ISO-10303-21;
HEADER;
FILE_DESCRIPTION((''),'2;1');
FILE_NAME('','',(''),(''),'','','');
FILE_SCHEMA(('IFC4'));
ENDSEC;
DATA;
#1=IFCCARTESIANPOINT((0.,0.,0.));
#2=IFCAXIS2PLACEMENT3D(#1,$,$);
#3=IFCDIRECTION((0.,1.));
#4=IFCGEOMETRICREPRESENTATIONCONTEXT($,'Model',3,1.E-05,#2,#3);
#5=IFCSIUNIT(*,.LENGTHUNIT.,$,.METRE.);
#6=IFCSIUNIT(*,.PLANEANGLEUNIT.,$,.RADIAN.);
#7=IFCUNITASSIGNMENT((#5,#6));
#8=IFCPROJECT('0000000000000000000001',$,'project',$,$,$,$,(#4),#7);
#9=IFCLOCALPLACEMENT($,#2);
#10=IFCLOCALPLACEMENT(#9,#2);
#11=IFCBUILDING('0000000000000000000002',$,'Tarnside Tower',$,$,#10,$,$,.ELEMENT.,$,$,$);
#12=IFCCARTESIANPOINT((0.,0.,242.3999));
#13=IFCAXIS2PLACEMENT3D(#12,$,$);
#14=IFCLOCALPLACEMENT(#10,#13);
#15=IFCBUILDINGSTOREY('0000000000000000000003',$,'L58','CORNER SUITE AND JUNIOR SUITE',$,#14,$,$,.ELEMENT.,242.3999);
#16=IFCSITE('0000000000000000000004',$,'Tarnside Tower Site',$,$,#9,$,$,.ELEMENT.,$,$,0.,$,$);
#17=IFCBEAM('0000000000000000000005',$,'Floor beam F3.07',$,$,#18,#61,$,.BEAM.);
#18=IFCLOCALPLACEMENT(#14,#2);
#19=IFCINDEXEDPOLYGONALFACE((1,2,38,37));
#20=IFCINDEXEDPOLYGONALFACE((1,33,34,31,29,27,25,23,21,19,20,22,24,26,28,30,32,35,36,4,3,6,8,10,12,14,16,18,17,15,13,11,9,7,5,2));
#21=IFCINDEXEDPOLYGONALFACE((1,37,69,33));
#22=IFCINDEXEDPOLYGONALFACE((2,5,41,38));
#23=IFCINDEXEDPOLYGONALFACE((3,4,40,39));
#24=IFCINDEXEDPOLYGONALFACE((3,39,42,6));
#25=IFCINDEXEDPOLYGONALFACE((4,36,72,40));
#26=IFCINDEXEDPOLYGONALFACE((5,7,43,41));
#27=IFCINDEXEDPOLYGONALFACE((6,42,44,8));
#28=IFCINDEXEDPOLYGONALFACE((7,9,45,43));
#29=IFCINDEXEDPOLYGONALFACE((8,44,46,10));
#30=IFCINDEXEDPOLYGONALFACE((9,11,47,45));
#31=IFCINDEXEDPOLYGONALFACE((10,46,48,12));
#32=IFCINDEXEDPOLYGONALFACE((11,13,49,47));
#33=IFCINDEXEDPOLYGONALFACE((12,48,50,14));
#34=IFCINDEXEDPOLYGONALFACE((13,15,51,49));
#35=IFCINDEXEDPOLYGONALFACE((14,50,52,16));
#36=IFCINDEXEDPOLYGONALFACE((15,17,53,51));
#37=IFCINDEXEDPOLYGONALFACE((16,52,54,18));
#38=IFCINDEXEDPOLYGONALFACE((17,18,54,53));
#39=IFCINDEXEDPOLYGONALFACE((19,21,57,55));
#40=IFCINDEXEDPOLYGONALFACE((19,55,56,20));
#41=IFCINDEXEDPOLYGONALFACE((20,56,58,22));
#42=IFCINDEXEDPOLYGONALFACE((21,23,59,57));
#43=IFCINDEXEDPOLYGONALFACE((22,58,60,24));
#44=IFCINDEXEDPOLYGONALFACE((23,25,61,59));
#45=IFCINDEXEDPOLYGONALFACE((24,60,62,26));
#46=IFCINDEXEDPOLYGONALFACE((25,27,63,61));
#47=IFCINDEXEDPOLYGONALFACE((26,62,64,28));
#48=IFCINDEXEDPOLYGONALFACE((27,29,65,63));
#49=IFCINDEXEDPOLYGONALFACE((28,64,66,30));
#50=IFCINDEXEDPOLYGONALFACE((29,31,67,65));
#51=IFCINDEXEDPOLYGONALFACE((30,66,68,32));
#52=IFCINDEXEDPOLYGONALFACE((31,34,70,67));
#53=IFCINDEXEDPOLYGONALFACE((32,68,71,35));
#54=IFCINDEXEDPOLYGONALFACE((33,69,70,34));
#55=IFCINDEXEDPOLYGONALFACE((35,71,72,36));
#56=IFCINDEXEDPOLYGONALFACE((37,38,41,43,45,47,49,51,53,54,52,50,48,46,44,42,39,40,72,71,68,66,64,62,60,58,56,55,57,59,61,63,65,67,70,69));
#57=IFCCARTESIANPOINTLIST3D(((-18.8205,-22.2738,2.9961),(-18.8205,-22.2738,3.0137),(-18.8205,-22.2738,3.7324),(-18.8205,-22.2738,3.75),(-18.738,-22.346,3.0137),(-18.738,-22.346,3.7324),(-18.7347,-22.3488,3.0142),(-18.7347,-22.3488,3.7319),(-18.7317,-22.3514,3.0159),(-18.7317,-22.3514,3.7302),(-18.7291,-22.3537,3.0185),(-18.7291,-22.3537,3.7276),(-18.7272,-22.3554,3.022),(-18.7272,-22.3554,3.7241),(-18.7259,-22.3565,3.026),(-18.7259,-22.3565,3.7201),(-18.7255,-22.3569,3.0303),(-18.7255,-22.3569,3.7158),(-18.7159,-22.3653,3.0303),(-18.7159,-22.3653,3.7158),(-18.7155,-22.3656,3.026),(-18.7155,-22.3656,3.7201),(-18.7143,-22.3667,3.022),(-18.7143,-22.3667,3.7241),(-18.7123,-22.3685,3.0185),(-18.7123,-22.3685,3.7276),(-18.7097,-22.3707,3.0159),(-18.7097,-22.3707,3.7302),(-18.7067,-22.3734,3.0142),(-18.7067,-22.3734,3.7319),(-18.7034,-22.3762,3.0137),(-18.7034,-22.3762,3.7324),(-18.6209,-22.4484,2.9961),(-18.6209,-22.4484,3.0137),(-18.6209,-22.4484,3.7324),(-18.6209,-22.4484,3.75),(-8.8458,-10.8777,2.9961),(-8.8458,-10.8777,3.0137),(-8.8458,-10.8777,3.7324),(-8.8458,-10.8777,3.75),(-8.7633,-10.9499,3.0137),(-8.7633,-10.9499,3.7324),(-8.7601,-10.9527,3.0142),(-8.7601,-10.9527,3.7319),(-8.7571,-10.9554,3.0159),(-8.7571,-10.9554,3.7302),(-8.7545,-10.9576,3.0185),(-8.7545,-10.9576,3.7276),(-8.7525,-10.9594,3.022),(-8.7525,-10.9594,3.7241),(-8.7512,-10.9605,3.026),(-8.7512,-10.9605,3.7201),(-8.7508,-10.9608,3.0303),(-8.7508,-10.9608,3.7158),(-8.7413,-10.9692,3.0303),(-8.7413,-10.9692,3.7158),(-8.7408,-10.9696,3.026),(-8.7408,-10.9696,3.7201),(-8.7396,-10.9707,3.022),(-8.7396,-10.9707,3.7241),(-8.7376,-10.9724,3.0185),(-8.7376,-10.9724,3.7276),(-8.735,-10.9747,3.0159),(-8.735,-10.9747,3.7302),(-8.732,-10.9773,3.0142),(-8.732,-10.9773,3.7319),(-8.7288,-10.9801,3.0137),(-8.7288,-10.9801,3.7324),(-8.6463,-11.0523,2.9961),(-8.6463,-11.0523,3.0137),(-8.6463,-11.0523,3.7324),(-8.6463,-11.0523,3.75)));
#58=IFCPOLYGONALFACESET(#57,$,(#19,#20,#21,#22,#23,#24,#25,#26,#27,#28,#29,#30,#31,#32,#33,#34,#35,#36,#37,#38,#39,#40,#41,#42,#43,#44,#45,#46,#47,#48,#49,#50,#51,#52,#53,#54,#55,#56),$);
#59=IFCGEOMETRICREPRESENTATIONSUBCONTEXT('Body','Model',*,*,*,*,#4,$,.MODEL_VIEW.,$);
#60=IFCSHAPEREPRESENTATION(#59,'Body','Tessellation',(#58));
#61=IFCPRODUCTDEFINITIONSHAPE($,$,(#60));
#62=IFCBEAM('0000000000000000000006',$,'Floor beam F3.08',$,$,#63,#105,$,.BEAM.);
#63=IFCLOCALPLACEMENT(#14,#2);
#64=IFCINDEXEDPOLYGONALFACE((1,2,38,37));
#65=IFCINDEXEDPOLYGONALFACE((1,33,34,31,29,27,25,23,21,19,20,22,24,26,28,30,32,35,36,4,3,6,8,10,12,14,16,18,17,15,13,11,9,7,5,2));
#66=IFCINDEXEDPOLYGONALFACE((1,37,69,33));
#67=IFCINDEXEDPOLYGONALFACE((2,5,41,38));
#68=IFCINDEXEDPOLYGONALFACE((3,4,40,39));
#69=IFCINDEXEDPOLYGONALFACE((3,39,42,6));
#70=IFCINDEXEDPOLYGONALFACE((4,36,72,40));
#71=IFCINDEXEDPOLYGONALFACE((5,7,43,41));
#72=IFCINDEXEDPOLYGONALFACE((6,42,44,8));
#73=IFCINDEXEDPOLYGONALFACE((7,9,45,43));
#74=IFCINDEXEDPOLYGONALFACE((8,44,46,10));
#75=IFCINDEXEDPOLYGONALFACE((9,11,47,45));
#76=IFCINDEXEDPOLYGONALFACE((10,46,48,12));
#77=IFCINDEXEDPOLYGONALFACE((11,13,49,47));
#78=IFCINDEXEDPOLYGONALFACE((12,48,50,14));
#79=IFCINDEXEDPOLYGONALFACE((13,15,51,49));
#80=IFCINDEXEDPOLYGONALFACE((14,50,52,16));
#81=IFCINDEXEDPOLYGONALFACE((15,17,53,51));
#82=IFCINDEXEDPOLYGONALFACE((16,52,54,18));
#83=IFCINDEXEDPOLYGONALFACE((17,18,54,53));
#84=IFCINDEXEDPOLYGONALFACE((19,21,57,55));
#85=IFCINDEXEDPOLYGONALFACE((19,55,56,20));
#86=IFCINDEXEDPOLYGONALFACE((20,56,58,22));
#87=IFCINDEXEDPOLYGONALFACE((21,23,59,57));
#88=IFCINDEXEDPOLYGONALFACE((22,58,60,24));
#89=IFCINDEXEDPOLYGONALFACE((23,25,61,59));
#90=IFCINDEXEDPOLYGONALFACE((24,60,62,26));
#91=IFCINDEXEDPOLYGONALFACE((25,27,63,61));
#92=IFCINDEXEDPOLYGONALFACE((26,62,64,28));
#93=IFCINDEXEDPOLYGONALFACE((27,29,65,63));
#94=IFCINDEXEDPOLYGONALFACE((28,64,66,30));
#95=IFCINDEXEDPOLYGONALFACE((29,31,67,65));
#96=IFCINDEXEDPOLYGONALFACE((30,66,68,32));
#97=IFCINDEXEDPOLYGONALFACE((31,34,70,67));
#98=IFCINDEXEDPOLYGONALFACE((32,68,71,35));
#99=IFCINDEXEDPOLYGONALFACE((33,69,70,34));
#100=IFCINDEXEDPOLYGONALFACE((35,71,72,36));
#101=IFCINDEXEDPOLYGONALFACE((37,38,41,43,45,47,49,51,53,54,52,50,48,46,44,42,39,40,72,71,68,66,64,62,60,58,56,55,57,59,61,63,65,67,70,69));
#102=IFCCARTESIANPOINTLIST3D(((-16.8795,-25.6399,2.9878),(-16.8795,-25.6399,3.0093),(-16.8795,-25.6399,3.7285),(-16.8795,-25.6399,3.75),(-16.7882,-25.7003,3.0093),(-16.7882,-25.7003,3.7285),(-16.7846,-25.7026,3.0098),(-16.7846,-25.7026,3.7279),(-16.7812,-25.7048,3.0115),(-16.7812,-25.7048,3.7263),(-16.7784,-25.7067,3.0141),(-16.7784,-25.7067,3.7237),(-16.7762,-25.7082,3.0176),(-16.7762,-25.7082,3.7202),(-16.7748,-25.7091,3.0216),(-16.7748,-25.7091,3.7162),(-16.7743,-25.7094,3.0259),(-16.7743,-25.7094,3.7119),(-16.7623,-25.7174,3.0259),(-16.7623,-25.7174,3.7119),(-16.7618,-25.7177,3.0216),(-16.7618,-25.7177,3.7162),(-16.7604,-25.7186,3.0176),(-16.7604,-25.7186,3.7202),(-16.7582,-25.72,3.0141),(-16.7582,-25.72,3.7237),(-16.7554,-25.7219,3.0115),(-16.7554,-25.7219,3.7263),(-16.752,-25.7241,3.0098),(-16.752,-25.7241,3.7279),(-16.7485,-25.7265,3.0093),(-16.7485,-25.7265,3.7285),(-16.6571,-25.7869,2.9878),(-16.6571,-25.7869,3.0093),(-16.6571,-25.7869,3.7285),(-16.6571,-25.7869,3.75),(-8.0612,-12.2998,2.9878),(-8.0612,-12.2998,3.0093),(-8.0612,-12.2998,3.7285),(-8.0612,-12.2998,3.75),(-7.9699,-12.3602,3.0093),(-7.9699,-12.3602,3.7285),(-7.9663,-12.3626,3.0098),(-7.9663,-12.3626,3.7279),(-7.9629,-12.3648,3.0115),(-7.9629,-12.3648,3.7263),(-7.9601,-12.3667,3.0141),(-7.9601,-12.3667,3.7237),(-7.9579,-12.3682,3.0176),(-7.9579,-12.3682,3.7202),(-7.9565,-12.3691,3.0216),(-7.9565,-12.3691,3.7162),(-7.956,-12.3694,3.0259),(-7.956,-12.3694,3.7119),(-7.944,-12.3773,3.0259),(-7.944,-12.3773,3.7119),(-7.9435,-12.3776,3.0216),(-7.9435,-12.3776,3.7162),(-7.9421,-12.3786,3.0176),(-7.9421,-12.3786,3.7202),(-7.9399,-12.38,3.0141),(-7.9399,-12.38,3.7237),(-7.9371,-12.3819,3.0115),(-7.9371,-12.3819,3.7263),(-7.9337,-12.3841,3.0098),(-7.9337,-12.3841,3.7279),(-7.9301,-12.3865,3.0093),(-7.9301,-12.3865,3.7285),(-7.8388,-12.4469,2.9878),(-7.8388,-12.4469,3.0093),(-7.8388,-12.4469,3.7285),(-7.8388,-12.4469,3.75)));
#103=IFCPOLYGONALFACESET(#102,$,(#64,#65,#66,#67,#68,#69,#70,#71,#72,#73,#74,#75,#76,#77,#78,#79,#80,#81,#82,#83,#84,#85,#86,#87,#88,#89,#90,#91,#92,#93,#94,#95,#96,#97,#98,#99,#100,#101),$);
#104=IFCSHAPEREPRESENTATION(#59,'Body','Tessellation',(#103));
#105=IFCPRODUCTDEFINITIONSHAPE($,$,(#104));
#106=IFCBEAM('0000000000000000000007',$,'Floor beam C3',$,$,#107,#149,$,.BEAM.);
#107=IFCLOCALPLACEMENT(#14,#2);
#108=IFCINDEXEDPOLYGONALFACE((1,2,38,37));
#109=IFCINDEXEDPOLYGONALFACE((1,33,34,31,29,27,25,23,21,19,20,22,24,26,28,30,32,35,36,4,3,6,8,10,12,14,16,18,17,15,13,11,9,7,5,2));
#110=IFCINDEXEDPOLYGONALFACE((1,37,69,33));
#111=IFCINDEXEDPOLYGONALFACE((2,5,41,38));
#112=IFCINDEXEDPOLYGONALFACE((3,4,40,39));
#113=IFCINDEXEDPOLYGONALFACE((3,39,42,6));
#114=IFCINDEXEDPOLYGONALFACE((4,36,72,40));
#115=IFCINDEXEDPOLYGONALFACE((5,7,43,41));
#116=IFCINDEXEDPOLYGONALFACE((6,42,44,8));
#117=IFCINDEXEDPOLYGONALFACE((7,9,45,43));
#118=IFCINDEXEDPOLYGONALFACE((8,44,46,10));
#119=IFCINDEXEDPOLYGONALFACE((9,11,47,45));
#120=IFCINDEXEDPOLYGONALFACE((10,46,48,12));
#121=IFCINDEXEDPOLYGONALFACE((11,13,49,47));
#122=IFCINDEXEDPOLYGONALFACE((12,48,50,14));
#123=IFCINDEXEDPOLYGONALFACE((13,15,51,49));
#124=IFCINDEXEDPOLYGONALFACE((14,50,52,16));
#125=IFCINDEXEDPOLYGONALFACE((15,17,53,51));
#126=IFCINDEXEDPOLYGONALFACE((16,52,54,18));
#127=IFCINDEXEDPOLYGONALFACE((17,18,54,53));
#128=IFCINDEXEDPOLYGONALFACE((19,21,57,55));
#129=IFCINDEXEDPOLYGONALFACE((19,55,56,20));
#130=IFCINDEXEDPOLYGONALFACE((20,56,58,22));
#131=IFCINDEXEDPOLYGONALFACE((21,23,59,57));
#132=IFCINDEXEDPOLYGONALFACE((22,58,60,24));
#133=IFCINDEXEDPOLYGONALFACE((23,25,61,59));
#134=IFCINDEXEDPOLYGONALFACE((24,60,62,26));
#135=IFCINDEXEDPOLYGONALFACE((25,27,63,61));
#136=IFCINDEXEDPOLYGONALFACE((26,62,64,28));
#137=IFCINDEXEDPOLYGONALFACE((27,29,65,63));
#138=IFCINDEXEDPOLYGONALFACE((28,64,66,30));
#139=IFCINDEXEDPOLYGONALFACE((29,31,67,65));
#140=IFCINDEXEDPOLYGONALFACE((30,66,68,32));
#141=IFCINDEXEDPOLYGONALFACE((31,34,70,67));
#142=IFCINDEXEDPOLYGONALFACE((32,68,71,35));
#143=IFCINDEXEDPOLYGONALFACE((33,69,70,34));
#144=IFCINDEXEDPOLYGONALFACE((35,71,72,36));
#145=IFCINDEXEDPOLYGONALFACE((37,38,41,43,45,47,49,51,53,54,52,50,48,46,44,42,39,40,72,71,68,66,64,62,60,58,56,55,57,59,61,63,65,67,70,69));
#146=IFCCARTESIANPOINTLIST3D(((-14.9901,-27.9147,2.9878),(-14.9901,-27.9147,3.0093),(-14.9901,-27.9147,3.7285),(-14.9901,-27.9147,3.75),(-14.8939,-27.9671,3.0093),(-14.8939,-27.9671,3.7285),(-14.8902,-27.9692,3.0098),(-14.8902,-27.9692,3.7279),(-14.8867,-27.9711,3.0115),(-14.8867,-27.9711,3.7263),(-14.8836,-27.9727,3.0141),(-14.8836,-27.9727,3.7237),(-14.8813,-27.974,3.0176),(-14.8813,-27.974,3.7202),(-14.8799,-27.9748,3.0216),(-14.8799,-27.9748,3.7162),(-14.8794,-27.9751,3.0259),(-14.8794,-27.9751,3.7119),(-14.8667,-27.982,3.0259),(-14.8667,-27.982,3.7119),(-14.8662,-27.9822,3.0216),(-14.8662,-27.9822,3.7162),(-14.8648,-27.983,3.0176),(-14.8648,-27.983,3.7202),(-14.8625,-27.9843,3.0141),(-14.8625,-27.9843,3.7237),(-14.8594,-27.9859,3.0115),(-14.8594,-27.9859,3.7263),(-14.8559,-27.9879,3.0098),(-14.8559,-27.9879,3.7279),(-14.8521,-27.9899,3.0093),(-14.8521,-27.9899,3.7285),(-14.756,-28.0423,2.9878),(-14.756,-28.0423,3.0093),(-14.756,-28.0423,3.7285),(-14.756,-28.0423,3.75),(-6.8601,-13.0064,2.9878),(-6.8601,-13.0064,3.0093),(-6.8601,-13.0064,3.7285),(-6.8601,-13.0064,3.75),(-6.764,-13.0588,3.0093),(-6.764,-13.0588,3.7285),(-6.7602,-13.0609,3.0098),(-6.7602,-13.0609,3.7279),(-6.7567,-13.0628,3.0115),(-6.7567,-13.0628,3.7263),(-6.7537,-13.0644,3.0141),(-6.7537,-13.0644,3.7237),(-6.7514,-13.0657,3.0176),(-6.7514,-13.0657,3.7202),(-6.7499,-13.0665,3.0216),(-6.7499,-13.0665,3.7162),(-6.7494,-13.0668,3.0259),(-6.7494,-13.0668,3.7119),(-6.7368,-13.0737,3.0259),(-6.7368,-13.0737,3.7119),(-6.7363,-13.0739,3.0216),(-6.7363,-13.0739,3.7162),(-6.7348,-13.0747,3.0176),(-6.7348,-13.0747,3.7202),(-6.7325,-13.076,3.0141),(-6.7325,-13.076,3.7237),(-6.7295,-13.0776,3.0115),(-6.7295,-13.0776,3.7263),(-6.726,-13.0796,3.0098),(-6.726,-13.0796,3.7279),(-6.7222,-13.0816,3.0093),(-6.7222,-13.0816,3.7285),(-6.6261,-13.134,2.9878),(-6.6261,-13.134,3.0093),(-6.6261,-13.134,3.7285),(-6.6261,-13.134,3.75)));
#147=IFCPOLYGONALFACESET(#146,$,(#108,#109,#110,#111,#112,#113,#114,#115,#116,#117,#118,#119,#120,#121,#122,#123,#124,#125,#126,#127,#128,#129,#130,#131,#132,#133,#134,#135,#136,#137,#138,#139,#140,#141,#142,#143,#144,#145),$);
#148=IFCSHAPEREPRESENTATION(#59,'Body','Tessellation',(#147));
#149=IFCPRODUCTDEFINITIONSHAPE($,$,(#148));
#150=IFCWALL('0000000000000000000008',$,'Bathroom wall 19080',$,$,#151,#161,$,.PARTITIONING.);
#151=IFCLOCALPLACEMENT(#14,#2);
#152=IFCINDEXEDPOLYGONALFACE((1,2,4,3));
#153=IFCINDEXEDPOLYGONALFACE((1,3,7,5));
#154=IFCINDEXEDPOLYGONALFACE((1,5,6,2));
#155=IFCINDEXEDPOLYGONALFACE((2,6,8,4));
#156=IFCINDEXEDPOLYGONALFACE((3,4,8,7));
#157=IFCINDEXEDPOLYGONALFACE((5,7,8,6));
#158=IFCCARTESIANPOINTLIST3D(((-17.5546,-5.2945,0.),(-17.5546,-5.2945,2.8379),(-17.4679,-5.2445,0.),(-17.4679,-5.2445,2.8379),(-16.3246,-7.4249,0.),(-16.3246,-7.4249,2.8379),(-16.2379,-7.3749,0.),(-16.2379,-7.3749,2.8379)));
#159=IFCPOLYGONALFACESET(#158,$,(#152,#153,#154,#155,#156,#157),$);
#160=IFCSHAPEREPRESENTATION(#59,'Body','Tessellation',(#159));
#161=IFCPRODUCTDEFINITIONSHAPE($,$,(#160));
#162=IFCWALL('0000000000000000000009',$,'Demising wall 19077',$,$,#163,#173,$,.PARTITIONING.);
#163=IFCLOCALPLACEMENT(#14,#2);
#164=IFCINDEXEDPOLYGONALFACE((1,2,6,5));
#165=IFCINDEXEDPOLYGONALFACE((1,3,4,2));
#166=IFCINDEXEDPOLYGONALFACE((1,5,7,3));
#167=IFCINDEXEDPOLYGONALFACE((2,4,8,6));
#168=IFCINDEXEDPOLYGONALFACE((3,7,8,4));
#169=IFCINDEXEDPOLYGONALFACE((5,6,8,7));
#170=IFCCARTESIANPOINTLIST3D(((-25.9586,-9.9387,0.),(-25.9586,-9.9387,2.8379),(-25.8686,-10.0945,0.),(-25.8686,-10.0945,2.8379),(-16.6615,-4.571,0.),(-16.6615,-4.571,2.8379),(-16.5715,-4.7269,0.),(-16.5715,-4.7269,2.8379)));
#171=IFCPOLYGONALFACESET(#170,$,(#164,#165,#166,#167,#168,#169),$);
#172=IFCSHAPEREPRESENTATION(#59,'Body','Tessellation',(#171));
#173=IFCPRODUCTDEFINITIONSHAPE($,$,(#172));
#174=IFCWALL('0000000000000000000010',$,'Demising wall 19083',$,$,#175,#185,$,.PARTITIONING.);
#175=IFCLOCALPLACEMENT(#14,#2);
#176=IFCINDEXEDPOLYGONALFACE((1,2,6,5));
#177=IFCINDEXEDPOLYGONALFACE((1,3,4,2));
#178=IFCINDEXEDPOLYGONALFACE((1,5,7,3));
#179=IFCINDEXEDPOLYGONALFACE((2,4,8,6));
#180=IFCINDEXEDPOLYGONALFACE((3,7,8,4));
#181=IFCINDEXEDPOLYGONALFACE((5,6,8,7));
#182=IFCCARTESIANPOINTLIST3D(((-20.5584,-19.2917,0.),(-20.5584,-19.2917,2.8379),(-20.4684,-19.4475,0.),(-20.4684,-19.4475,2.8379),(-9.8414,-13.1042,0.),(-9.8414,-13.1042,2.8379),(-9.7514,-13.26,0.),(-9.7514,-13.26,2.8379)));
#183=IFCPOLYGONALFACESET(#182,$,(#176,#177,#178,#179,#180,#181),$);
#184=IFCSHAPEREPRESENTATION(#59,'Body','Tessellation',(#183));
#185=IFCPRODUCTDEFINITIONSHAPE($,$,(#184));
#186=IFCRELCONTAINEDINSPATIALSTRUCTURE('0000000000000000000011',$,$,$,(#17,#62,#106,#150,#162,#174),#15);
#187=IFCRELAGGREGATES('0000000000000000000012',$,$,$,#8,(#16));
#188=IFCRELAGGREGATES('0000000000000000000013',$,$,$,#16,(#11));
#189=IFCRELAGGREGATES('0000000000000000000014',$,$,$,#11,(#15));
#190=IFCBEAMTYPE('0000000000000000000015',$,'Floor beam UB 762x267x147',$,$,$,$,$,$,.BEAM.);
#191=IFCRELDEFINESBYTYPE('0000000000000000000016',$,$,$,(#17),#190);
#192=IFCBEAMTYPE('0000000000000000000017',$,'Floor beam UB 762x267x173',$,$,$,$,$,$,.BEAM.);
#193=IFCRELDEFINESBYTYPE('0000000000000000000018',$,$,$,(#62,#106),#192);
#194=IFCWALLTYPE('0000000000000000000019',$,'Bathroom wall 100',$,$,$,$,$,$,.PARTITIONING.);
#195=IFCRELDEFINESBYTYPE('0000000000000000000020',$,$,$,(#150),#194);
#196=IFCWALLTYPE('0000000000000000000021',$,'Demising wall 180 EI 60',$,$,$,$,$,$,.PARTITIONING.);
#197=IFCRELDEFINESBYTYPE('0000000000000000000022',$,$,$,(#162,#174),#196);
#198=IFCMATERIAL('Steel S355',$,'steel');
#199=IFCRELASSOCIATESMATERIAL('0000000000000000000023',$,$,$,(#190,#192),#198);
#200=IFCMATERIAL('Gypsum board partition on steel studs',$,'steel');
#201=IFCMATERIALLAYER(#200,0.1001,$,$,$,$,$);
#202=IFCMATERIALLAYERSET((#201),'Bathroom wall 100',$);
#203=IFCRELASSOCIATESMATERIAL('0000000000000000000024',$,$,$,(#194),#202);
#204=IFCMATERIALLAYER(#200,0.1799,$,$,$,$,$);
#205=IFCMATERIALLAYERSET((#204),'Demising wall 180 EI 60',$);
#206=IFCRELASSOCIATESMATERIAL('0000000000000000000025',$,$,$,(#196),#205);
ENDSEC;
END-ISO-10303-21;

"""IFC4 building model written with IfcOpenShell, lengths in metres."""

from ifc_helpers import new_model, si_unit, direction, frame, frame_2d, origin, origin_2d, place, context, subcontext, project, spatial, rectangle, i_section, extrude, material, layer, layer_set, material_profile, profile_set, type_object, element, save


model = new_model("IFC4")

# Units and contexts
model_context = context("Model", 3, precision=1e-05, world=origin(), true_north=direction((0.0, 1.0)))
body_context = subcontext(model_context, "Body", "Model", "MODEL_VIEW")
ifc_project = project(units=[si_unit("LENGTHUNIT", "METRE"), si_unit("PLANEANGLEUNIT", "RADIAN")], contexts=[model_context])

# Site, building, storey
site_placement = place(None, origin())
site = spatial("IfcSite", under=ifc_project, at=site_placement, Name="Tarnside Tower Site", CompositionType="ELEMENT", RefElevation=0.0)
building_placement = place(site_placement, origin())
building = spatial("IfcBuilding", under=site, at=building_placement, Name="Tarnside Tower", CompositionType="ELEMENT")
storey_placement = place(building_placement, frame((0.0, 0.0, 242.3999)))
storey = spatial("IfcBuildingStorey", under=building, at=storey_placement, Name="L58", Description="CORNER SUITE AND JUNIOR SUITE", CompositionType="ELEMENT", Elevation=242.3999)

# Beams
ifc_material_1 = material(Name="Steel S355", Category="steel")
ifc_material_profile_1 = material_profile(ifc_material_1, i_section(OverallWidth=0.2651, OverallDepth=0.7539, WebThickness=0.0127, FlangeThickness=0.0176, FilletRadius=0.0166, at=origin_2d()), Name="UB 762x267x147")
ifc_profile_set_1 = profile_set([ifc_material_profile_1], Name="Steel S355")
beam_type_1 = type_object("IfcBeamType", Name="Floor beam UB 762x267x147", PredefinedType="BEAM", material=ifc_profile_set_1)
beam_1_placement = place(storey_placement, frame((-18.7207, -22.3611, 3.373), z_axis=(0.658621, 0.752475, 0.0), x_axis=(-0.752475, 0.658621, 0.0)))
element("IfcBeam", 1, at=beam_1_placement, inside=storey, type_object=beam_type_1, Name="Floor beam F3.07", PredefinedType="BEAM", context=body_context, shape_type="SweptSolid", body=[
    extrude(i_section(OverallWidth=0.2651, OverallDepth=0.7539, WebThickness=0.0127, FlangeThickness=0.0176, FilletRadius=0.0166, at=origin_2d()), origin(), (0.0, 0.0, 1.0), 15.1448),
])
ifc_material_profile_2 = material_profile(ifc_material_1, i_section(OverallWidth=0.2666, OverallDepth=0.7622, WebThickness=0.0144, FlangeThickness=0.0215, FilletRadius=0.0166, at=origin_2d()), Name="UB 762x267x173")
ifc_profile_set_2 = profile_set([ifc_material_profile_2], Name="Steel S355")
beam_type_2 = type_object("IfcBeamType", Name="Floor beam UB 762x267x173", PredefinedType="BEAM", material=ifc_profile_set_2)
beam_2_placement = place(storey_placement, frame((-16.7683, -25.7134, 3.3689), z_axis=(0.551448, 0.83421, 0.0), x_axis=(-0.83421, 0.551448, 0.0)))
element("IfcBeam", 2, at=beam_2_placement, inside=storey, type_object=beam_type_2, Name="Floor beam F3.08", PredefinedType="BEAM", context=body_context, shape_type="SweptSolid", body=[
    extrude(i_section(OverallWidth=0.2666, OverallDepth=0.7622, WebThickness=0.0144, FlangeThickness=0.0215, FilletRadius=0.0166, at=origin_2d()), origin(), (0.0, 0.0, 1.0), 15.9912),
])
beam_3_placement = place(storey_placement, frame((-14.873, -27.9785, 3.3689), z_axis=(0.478768, 0.877942, 0.0), x_axis=(-0.877942, 0.478768, 0.0)))
element("IfcBeam", 3, at=beam_3_placement, inside=storey, type_object=beam_type_2, Name="Floor beam C3", PredefinedType="BEAM", context=body_context, shape_type="SweptSolid", body=[
    extrude(i_section(OverallWidth=0.2666, OverallDepth=0.7622, WebThickness=0.0144, FlangeThickness=0.0215, FilletRadius=0.0166, at=origin_2d()), origin(), (0.0, 0.0, 1.0), 16.981),
])

# Walls
ifc_material_2 = material(Name="Gypsum board partition on steel studs", Category="steel")
ifc_layer_1 = layer(ifc_material_2, 0.1001)
ifc_layer_set_1 = layer_set([ifc_layer_1], Name="Bathroom wall 100")
wall_type_1 = type_object("IfcWallType", Name="Bathroom wall 100", PredefinedType="PARTITIONING", material=ifc_layer_set_1)
wall_1_placement = place(storey_placement, frame((-16.2812, -7.3999, 0.0), z_axis=(0.0, 0.0, 1.0), x_axis=(-0.500003, 0.866024, 0.0)))
element("IfcWall", 4, at=wall_1_placement, inside=storey, type_object=wall_type_1, Name="Bathroom wall 19080", PredefinedType="PARTITIONING", context=body_context, shape_type="SweptSolid", body=[
    extrude(rectangle(XDim=2.46, YDim=0.1001, at=frame_2d((1.23, 0.0))), origin(), (0.0, 0.0, 1.0), 2.8379),
])
ifc_layer_2 = layer(ifc_material_2, 0.1799)
ifc_layer_set_2 = layer_set([ifc_layer_2], Name="Demising wall 180 EI 60")
wall_type_2 = type_object("IfcWallType", Name="Demising wall 180 EI 60", PredefinedType="PARTITIONING", material=ifc_layer_set_2)
wall_2_placement = place(storey_placement, frame((-25.9136, -10.0166, 0.0), z_axis=(0.0, 0.0, 1.0), x_axis=(0.866026, 0.499999, 0.0)))
element("IfcWall", 5, at=wall_2_placement, inside=storey, type_object=wall_type_2, Name="Demising wall 19077", PredefinedType="PARTITIONING", context=body_context, shape_type="SweptSolid", body=[
    extrude(rectangle(XDim=10.7354, YDim=0.1799, at=frame_2d((5.3677, 0.0))), origin(), (0.0, 0.0, 1.0), 2.8379),
])
wall_3_placement = place(storey_placement, frame((-20.5134, -19.3696, 0.0), z_axis=(0.0, 0.0, 1.0), x_axis=(0.866025, 0.500001, 0.0)))
element("IfcWall", 6, at=wall_3_placement, inside=storey, type_object=wall_type_2, Name="Demising wall 19083", PredefinedType="PARTITIONING", context=body_context, shape_type="SweptSolid", body=[
    extrude(rectangle(XDim=12.375, YDim=0.1799, at=frame_2d((6.1875, 0.0))), origin(), (0.0, 0.0, 1.0), 2.8379),
])

save(model, "model.ifc")
